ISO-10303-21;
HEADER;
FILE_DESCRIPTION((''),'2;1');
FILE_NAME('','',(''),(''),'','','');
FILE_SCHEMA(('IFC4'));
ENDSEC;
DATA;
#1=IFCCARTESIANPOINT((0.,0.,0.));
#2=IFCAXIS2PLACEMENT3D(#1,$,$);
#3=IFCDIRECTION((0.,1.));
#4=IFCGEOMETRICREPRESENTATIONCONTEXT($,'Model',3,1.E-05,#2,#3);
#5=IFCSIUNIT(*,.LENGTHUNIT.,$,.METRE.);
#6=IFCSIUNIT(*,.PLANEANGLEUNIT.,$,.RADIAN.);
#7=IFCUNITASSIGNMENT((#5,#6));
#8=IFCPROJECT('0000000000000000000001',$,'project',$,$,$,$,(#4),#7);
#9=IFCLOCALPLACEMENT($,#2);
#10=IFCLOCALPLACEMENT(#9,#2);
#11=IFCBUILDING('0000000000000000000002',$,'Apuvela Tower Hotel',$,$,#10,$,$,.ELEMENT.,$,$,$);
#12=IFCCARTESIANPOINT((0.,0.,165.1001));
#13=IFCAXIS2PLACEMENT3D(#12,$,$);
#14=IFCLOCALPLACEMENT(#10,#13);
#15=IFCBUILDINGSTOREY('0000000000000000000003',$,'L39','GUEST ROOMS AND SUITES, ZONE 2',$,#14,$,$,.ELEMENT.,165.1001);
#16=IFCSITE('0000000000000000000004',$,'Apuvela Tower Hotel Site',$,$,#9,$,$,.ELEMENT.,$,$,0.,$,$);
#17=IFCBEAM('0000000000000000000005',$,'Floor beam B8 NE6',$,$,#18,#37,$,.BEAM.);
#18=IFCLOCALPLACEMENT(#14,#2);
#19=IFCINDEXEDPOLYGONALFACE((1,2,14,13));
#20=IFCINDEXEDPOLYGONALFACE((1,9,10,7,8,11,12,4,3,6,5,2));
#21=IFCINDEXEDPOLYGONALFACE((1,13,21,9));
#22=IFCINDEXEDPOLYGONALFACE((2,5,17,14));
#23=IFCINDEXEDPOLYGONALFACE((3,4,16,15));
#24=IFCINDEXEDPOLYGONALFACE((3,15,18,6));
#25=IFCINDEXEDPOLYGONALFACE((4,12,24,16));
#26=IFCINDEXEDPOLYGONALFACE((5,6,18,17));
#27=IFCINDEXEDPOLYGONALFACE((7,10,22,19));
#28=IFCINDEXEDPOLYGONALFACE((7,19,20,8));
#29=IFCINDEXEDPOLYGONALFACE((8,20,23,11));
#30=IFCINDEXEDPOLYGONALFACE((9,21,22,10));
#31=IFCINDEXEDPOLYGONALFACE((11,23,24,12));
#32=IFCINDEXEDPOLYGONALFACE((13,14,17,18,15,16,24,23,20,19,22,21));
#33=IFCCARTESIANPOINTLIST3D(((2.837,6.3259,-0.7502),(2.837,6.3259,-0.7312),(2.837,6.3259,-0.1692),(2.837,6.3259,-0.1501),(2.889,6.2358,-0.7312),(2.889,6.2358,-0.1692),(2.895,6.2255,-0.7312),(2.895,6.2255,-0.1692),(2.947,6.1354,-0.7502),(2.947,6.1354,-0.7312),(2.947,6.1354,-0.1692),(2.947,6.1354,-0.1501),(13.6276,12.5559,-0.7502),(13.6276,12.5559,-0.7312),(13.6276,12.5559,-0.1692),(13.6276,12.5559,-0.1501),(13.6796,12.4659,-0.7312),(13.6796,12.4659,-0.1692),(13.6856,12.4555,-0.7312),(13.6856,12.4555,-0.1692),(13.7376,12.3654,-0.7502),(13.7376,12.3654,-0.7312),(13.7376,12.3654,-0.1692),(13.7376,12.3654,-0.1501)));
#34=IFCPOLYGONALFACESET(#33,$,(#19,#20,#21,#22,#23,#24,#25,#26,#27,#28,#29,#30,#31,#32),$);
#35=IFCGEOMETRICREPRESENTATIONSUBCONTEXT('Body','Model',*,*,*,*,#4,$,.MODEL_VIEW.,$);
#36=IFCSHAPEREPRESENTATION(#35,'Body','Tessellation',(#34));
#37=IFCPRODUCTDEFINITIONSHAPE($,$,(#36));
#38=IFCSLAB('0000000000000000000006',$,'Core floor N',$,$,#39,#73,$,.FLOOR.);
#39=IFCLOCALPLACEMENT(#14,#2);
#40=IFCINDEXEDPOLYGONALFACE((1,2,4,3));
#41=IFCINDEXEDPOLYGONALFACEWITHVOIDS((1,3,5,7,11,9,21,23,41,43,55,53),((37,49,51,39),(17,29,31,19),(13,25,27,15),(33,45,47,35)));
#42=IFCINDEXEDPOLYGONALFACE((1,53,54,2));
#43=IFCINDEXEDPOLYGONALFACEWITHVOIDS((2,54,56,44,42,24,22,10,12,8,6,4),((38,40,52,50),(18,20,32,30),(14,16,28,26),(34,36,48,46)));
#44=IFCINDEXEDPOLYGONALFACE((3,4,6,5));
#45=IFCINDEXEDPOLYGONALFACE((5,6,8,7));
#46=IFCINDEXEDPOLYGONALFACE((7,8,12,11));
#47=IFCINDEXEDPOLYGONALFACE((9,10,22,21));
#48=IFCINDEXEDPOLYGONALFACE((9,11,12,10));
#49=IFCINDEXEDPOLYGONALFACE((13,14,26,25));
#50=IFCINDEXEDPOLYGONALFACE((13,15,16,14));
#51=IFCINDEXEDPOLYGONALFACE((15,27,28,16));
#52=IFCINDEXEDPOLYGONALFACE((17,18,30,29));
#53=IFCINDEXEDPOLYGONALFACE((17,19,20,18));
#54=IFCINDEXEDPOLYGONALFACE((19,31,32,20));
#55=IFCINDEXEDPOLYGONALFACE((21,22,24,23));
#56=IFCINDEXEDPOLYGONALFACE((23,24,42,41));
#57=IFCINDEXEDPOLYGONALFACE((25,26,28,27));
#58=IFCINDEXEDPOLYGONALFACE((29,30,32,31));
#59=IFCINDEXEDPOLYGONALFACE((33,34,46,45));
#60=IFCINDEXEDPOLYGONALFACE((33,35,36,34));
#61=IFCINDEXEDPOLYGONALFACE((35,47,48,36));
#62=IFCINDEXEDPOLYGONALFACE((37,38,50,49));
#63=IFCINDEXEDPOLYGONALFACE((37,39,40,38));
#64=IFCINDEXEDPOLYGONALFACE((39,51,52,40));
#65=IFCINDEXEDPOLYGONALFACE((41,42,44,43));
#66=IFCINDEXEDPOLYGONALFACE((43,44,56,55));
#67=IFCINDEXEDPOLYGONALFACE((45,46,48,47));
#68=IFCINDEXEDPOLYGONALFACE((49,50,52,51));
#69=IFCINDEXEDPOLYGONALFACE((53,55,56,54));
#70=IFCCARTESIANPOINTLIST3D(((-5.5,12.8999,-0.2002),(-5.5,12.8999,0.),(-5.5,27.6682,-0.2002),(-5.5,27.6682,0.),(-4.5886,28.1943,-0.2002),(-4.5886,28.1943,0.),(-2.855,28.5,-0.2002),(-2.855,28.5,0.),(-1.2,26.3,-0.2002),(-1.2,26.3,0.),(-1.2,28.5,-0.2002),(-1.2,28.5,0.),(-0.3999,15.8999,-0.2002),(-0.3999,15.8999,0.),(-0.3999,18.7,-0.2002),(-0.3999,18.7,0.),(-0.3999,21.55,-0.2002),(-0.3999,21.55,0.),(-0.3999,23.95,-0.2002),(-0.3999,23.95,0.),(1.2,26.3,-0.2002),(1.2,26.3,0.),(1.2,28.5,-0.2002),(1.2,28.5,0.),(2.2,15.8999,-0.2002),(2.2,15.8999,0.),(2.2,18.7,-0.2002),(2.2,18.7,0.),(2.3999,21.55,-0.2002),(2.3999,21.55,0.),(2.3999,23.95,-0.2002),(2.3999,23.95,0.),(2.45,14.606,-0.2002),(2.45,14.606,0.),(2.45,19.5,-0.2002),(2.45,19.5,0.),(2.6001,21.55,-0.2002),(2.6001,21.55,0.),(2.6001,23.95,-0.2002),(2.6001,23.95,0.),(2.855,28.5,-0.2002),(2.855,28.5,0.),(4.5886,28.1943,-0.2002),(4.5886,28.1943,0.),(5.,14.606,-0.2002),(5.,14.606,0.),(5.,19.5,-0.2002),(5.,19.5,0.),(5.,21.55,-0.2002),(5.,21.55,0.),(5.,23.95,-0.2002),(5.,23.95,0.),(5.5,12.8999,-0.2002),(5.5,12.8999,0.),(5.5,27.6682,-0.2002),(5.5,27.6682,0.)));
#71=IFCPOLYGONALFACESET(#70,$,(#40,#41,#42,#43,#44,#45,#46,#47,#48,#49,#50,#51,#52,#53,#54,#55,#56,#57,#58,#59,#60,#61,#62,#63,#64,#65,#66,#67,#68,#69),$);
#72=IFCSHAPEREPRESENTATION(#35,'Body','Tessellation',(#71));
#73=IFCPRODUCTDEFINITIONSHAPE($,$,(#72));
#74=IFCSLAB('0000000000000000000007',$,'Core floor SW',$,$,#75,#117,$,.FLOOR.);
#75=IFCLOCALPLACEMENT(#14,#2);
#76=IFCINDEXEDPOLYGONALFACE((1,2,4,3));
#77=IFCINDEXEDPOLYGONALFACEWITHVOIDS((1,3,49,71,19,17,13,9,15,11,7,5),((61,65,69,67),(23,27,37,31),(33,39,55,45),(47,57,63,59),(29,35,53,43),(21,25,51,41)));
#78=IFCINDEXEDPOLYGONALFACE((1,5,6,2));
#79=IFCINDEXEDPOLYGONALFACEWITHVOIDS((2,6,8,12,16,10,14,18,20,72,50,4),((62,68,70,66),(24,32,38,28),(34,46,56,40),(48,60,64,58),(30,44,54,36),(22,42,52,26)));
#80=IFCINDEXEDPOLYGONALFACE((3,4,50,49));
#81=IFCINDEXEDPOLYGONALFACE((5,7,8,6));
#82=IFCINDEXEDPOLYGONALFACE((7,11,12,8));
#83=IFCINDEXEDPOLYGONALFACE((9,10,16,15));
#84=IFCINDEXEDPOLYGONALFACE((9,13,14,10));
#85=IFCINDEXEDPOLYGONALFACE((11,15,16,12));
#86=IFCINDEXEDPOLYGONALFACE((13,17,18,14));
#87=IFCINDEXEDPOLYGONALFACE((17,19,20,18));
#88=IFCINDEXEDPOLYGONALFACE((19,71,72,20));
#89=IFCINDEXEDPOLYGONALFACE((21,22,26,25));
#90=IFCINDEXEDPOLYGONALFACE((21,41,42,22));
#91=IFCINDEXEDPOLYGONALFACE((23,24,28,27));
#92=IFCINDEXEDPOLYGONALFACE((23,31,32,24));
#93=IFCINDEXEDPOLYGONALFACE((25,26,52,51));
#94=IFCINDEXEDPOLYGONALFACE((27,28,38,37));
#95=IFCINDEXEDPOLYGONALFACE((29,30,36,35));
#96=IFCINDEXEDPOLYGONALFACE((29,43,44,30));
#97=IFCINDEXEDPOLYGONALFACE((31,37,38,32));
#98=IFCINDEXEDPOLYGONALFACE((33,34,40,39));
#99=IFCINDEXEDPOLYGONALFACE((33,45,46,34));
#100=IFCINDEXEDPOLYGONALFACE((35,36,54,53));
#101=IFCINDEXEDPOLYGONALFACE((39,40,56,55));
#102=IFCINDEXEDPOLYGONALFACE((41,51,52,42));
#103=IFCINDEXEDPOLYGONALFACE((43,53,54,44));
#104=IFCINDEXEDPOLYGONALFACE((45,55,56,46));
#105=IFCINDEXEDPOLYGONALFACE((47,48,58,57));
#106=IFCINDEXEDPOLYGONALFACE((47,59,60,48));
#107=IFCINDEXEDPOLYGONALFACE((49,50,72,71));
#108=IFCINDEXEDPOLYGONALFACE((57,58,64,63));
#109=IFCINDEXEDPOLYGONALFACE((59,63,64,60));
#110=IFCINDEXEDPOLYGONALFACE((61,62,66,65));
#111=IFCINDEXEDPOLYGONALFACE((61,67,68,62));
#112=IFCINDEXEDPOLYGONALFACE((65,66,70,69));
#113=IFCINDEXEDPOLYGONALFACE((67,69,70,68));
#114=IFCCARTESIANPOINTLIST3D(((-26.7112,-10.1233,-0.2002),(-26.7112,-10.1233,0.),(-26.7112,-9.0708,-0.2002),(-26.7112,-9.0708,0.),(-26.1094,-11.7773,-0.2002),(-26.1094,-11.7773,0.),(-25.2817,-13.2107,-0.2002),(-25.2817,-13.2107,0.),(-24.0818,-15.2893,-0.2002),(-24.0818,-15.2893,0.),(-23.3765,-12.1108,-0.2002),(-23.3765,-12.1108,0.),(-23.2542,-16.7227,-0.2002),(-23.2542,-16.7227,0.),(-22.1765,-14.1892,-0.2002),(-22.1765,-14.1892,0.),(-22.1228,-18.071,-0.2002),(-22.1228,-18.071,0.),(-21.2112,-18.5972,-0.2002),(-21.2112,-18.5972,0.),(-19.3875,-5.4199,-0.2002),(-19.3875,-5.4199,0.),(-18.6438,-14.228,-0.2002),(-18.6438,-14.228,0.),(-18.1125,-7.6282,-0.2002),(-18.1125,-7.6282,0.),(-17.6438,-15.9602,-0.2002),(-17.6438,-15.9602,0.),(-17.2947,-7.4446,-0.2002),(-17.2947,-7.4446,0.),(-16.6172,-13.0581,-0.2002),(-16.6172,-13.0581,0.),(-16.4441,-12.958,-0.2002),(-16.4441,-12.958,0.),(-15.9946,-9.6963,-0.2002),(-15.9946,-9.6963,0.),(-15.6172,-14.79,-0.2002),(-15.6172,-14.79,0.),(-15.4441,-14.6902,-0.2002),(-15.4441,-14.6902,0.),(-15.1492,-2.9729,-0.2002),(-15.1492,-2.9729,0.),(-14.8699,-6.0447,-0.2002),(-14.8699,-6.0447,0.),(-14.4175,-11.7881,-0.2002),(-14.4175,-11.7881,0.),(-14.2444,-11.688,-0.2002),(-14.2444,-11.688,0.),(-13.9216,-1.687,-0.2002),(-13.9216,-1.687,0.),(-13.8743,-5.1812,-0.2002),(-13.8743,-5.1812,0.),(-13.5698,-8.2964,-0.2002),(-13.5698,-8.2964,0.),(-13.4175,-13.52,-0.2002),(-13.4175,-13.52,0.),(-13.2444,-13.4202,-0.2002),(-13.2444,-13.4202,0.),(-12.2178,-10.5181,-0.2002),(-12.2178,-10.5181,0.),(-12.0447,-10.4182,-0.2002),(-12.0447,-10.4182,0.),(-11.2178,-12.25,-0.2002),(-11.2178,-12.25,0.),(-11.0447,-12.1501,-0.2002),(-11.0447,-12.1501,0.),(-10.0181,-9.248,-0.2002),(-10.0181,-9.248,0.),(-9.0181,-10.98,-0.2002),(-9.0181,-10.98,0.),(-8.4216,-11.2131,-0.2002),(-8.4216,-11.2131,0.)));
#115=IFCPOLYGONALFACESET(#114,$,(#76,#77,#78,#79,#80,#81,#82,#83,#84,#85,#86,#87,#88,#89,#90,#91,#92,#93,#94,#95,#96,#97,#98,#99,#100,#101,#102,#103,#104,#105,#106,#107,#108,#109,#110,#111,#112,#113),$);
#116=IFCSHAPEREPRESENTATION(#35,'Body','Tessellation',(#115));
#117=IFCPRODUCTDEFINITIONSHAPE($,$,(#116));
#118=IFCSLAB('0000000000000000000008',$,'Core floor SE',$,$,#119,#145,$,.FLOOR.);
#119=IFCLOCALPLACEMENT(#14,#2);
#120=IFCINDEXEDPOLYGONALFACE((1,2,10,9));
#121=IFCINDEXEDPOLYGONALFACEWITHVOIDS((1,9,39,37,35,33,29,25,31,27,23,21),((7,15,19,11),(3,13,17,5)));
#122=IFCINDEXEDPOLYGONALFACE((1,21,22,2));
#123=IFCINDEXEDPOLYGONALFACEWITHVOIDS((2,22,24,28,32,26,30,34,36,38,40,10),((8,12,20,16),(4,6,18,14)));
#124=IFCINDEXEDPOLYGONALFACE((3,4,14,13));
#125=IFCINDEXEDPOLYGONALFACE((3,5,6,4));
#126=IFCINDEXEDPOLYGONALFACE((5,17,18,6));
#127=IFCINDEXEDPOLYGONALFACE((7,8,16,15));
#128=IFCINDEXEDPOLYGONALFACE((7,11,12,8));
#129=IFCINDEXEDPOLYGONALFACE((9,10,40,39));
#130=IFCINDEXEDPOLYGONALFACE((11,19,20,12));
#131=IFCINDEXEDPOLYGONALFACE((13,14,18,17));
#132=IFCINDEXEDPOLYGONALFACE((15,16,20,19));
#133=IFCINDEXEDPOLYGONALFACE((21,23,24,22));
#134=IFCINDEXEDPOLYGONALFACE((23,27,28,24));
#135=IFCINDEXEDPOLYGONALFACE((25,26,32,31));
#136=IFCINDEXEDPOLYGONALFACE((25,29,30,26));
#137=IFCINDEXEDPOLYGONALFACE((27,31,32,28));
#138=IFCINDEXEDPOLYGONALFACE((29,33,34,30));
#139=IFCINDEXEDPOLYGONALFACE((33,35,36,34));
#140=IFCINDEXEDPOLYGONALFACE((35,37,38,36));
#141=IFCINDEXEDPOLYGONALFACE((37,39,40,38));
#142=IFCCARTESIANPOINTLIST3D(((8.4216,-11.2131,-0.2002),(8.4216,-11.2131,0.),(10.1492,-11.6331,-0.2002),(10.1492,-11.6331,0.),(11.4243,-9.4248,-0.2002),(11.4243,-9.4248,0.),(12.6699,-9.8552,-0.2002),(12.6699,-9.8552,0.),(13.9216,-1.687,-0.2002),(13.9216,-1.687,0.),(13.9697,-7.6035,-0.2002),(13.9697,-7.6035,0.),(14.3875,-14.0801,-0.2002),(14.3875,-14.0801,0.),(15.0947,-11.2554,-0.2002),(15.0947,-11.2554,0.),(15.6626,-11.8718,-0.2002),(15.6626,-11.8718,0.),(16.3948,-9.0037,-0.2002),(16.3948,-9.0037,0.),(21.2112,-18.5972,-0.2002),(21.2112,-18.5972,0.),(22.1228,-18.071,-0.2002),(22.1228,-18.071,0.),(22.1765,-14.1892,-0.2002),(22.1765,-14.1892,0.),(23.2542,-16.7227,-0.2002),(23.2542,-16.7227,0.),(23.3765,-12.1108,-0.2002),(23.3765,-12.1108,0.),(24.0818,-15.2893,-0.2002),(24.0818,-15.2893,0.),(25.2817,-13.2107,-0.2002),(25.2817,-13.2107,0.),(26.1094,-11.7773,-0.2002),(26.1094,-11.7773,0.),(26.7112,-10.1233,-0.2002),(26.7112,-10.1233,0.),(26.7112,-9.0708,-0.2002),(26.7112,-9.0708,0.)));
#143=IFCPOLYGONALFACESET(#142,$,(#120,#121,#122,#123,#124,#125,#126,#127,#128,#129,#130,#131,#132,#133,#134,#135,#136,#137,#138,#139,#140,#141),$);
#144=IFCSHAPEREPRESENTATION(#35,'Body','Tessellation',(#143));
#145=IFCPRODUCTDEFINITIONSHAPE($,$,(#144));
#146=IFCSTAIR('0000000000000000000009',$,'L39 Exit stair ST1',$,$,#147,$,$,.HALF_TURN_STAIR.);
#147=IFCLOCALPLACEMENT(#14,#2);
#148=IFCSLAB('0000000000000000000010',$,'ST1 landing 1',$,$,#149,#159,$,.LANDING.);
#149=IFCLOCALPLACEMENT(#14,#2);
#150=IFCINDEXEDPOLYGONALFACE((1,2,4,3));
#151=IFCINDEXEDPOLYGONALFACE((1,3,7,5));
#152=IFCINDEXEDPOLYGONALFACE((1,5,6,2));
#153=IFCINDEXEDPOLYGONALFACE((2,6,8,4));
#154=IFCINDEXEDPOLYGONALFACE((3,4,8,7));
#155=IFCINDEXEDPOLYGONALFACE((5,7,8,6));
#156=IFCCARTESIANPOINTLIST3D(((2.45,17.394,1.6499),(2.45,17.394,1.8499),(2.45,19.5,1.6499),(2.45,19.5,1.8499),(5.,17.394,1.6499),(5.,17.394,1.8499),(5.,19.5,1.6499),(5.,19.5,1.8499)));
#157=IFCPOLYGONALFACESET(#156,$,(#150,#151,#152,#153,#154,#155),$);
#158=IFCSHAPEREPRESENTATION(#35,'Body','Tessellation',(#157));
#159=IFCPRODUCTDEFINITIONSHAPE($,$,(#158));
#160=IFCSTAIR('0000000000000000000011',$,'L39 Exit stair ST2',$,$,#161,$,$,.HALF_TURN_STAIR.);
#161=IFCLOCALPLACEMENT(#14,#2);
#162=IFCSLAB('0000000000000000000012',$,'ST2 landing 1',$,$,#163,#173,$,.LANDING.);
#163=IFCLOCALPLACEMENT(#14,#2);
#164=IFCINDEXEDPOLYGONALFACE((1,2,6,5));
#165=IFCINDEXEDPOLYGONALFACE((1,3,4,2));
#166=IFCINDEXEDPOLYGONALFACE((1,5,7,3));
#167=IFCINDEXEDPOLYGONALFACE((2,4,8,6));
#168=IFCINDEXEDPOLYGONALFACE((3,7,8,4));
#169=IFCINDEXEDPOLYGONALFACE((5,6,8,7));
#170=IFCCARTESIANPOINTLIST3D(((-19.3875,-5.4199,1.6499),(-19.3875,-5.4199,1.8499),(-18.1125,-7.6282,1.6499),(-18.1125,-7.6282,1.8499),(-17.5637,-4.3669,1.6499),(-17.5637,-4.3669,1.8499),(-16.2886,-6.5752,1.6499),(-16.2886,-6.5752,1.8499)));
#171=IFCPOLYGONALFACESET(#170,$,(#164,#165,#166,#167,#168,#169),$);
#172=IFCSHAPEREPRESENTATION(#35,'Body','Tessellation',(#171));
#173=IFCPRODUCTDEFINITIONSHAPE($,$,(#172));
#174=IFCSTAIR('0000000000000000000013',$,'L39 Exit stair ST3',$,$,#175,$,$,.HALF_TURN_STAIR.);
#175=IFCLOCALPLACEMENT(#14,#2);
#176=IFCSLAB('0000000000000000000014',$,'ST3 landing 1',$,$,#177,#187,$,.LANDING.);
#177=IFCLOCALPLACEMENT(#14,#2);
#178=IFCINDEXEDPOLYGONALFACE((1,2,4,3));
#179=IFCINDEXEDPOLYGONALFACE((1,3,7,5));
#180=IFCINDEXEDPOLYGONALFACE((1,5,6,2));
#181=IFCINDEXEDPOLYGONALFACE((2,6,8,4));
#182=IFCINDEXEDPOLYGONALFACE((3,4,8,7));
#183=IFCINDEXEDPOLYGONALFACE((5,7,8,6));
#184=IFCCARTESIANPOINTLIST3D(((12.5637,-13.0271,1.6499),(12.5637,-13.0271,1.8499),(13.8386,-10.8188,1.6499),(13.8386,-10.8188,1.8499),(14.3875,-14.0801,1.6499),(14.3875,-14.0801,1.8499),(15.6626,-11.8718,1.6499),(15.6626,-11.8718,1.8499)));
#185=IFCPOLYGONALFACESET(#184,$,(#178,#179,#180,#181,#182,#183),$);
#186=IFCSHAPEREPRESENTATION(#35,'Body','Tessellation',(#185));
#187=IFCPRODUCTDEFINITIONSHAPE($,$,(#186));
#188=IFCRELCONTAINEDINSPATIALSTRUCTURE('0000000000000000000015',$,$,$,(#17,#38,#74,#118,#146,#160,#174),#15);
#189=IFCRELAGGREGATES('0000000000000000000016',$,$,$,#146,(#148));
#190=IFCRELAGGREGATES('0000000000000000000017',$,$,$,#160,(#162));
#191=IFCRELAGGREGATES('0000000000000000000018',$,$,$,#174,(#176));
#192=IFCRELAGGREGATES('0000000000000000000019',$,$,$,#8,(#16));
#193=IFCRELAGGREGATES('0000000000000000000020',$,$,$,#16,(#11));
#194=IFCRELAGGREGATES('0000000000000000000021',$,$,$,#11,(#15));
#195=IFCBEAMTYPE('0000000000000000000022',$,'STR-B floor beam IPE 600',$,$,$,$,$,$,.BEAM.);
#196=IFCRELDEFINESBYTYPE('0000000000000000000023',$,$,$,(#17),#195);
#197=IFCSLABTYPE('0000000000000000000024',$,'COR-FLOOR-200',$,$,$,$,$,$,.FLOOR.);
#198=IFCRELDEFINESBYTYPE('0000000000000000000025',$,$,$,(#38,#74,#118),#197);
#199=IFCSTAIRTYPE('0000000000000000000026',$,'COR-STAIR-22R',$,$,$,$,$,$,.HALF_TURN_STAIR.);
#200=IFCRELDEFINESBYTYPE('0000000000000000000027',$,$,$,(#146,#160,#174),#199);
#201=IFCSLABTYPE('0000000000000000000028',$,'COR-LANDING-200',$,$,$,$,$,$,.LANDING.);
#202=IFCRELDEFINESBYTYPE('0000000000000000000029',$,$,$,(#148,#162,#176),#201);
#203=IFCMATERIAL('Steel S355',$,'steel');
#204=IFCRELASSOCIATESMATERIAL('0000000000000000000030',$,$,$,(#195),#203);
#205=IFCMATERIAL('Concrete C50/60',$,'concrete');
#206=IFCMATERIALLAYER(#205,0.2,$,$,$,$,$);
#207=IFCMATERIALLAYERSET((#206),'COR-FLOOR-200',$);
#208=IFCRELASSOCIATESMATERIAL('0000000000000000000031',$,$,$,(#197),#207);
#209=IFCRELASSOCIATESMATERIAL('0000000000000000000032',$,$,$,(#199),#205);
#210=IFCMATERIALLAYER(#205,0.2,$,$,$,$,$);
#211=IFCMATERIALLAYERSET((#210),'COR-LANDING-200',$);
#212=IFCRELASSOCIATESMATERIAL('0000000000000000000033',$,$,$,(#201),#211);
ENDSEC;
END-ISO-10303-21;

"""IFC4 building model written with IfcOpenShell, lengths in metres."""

from ifc_helpers import new_model, si_unit, direction, frame, origin, origin_2d, place, context, subcontext, project, spatial, polyline, i_section, outline, extrude, material, layer, layer_set, material_profile, profile_set, type_object, element, aggregate, save


model = new_model("IFC4")

# Units and contexts
model_context = context("Model", 3, precision=1e-05, world=origin(), true_north=direction((0.0, 1.0)))
body_context = subcontext(model_context, "Body", "Model", "MODEL_VIEW")
ifc_project = project(units=[si_unit("LENGTHUNIT", "METRE"), si_unit("PLANEANGLEUNIT", "RADIAN")], contexts=[model_context])

# Site, building, storey
site_placement = place(None, origin())
site = spatial("IfcSite", under=ifc_project, at=site_placement, Name="Apuvela Tower Hotel Site", CompositionType="ELEMENT", RefElevation=0.0)
building_placement = place(site_placement, origin())
building = spatial("IfcBuilding", under=site, at=building_placement, Name="Apuvela Tower Hotel", CompositionType="ELEMENT")
storey_placement = place(building_placement, frame((0.0, 0.0, 165.1001)))
storey = spatial("IfcBuildingStorey", under=building, at=storey_placement, Name="L39", Description="GUEST ROOMS AND SUITES, ZONE 2", CompositionType="ELEMENT", Elevation=165.1001)

# Beam
ifc_material_1 = material(Name="Steel S355", Category="steel")
ifc_material_profile = material_profile(ifc_material_1, i_section(OverallWidth=0.22, OverallDepth=0.6001, WebThickness=0.012, FlangeThickness=0.019, at=origin_2d()), Name="IPE 600")
ifc_profile_set = profile_set([ifc_material_profile], Name="Steel S355")
beam_type = type_object("IfcBeamType", Name="STR-B floor beam IPE 600", PredefinedType="BEAM", material=ifc_profile_set)
beam_placement = place(storey_placement, frame((13.6826, 12.4607, -0.4502), z_axis=(-0.866023, -0.500004, 0.0), x_axis=(0.500004, -0.866023, 0.0)))
element("IfcBeam", 1, at=beam_placement, inside=storey, type_object=beam_type, Name="Floor beam B8 NE6", PredefinedType="BEAM", context=body_context, shape_type="SweptSolid", body=[
    extrude(i_section(OverallWidth=0.22, OverallDepth=0.6001, WebThickness=0.012, FlangeThickness=0.019, at=origin_2d()), origin(), (0.0, 0.0, 1.0), 12.46),
])

# Slabs
ifc_material_2 = material(Name="Concrete C50/60", Category="concrete")
ifc_layer_1 = layer(ifc_material_2, 0.2)
ifc_layer_set_1 = layer_set([ifc_layer_1], Name="COR-FLOOR-200")
slab_type_1 = type_object("IfcSlabType", Name="COR-FLOOR-200", PredefinedType="FLOOR", material=ifc_layer_set_1)
slab_1_placement = place(storey_placement, frame((0.0, 0.0, -0.2002)))
element("IfcSlab", 2, at=slab_1_placement, inside=storey, type_object=slab_type_1, Name="Core floor N", PredefinedType="FLOOR", context=body_context, shape_type="SweptSolid", body=[
    extrude(outline(polyline([(5.5, 27.6682), (4.5886, 28.1943), (2.855, 28.5), (1.2, 28.5), (1.2, 26.3), (-1.2, 26.3), (-1.2, 28.5), (-2.855, 28.5), (-4.5886, 28.1943), (-5.5, 27.6682), (-5.5, 12.8999), (5.5, 12.8999), (5.5, 27.6682)]), holes=[polyline([(5.0, 14.606), (2.45, 14.606), (2.45, 19.5), (5.0, 19.5), (5.0, 14.606)]), polyline([(2.2, 15.8999), (-0.3999, 15.8999), (-0.3999, 18.7), (2.2, 18.7), (2.2, 15.8999)]), polyline([(5.0, 21.55), (2.6001, 21.55), (2.6001, 23.95), (5.0, 23.95), (5.0, 21.55)]), polyline([(2.3999, 21.55), (-0.3999, 21.55), (-0.3999, 23.95), (2.3999, 23.95), (2.3999, 21.55)])]), origin(), (0.0, 0.0, 1.0), 0.2002),
])
slab_2_placement = place(storey_placement, frame((0.0, 0.0, -0.2002)))
element("IfcSlab", 3, at=slab_2_placement, inside=storey, type_object=slab_type_1, Name="Core floor SW", PredefinedType="FLOOR", context=body_context, shape_type="SweptSolid", body=[
    extrude(outline(polyline([(-26.7112, -9.0708), (-26.7112, -10.1233), (-26.1094, -11.7773), (-25.2817, -13.2107), (-23.3765, -12.1108), (-22.1765, -14.1892), (-24.0818, -15.2893), (-23.2542, -16.7227), (-22.1228, -18.071), (-21.2112, -18.5972), (-8.4216, -11.2131), (-13.9216, -1.687), (-26.7112, -9.0708)]), holes=[polyline([(-10.0181, -9.248), (-9.0181, -10.98), (-11.0447, -12.1501), (-12.0447, -10.4182), (-10.0181, -9.248)]), polyline([(-14.2444, -11.688), (-12.2178, -10.5181), (-11.2178, -12.25), (-13.2444, -13.4202), (-14.2444, -11.688)]), polyline([(-19.3875, -5.4199), (-15.1492, -2.9729), (-13.8743, -5.1812), (-18.1125, -7.6282), (-19.3875, -5.4199)]), polyline([(-14.8699, -6.0447), (-13.5698, -8.2964), (-15.9946, -9.6963), (-17.2947, -7.4446), (-14.8699, -6.0447)]), polyline([(-16.4441, -12.958), (-14.4175, -11.7881), (-13.4175, -13.52), (-15.4441, -14.6902), (-16.4441, -12.958)]), polyline([(-18.6438, -14.228), (-16.6172, -13.0581), (-15.6172, -14.79), (-17.6438, -15.9602), (-18.6438, -14.228)])]), origin(), (0.0, 0.0, 1.0), 0.2002),
])
slab_3_placement = place(storey_placement, frame((0.0, 0.0, -0.2002)))
element("IfcSlab", 4, at=slab_3_placement, inside=storey, type_object=slab_type_1, Name="Core floor SE", PredefinedType="FLOOR", context=body_context, shape_type="SweptSolid", body=[
    extrude(outline(polyline([(21.2112, -18.5972), (22.1228, -18.071), (23.2542, -16.7227), (24.0818, -15.2893), (22.1765, -14.1892), (23.3765, -12.1108), (25.2817, -13.2107), (26.1094, -11.7773), (26.7112, -10.1233), (26.7112, -9.0708), (13.9216, -1.687), (8.4216, -11.2131), (21.2112, -18.5972)]), holes=[polyline([(11.4243, -9.4248), (15.6626, -11.8718), (14.3875, -14.0801), (10.1492, -11.6331), (11.4243, -9.4248)]), polyline([(13.9697, -7.6035), (16.3948, -9.0037), (15.0947, -11.2554), (12.6699, -9.8552), (13.9697, -7.6035)])]), origin(), (0.0, 0.0, 1.0), 0.2002),
])

# Stairs, slabs
stair_type = type_object("IfcStairType", Name="COR-STAIR-22R", PredefinedType="HALF_TURN_STAIR", material=ifc_material_2)
stair_1_placement = place(storey_placement, origin())
stair_1 = element("IfcStair", 5, at=stair_1_placement, inside=storey, type_object=stair_type, Name="L39 Exit stair ST1", PredefinedType="HALF_TURN_STAIR")
ifc_layer_2 = layer(ifc_material_2, 0.2)
ifc_layer_set_2 = layer_set([ifc_layer_2], Name="COR-LANDING-200")
slab_type_2 = type_object("IfcSlabType", Name="COR-LANDING-200", PredefinedType="LANDING", material=ifc_layer_set_2)
slab_4_placement = place(storey_placement, frame((0.0, 0.0, 1.6499)))
slab_4 = element("IfcSlab", 6, at=slab_4_placement, type_object=slab_type_2, Name="ST1 landing 1", PredefinedType="LANDING", context=body_context, shape_type="SweptSolid", body=[
    extrude(outline(polyline([(5.0, 17.394), (5.0, 19.5), (2.45, 19.5), (2.45, 17.394), (5.0, 17.394)])), origin(), (0.0, 0.0, 1.0), 0.2),
])
aggregate(stair_1, [slab_4])
stair_2_placement = place(storey_placement, origin())
stair_2 = element("IfcStair", 7, at=stair_2_placement, inside=storey, type_object=stair_type, Name="L39 Exit stair ST2", PredefinedType="HALF_TURN_STAIR")
slab_5_placement = place(storey_placement, frame((0.0, 0.0, 1.6499)))
slab_5 = element("IfcSlab", 8, at=slab_5_placement, type_object=slab_type_2, Name="ST2 landing 1", PredefinedType="LANDING", context=body_context, shape_type="SweptSolid", body=[
    extrude(outline(polyline([(-17.5637, -4.3669), (-19.3875, -5.4199), (-18.1125, -7.6282), (-16.2886, -6.5752), (-17.5637, -4.3669)])), origin(), (0.0, 0.0, 1.0), 0.2),
])
aggregate(stair_2, [slab_5])
stair_3_placement = place(storey_placement, origin())
stair_3 = element("IfcStair", 9, at=stair_3_placement, inside=storey, type_object=stair_type, Name="L39 Exit stair ST3", PredefinedType="HALF_TURN_STAIR")
slab_6_placement = place(storey_placement, frame((0.0, 0.0, 1.6499)))
slab_6 = element("IfcSlab", 10, at=slab_6_placement, type_object=slab_type_2, Name="ST3 landing 1", PredefinedType="LANDING", context=body_context, shape_type="SweptSolid", body=[
    extrude(outline(polyline([(12.5637, -13.0271), (14.3875, -14.0801), (15.6626, -11.8718), (13.8386, -10.8188), (12.5637, -13.0271)])), origin(), (0.0, 0.0, 1.0), 0.2),
])
aggregate(stair_3, [slab_6])

save(model, "model.ifc")
